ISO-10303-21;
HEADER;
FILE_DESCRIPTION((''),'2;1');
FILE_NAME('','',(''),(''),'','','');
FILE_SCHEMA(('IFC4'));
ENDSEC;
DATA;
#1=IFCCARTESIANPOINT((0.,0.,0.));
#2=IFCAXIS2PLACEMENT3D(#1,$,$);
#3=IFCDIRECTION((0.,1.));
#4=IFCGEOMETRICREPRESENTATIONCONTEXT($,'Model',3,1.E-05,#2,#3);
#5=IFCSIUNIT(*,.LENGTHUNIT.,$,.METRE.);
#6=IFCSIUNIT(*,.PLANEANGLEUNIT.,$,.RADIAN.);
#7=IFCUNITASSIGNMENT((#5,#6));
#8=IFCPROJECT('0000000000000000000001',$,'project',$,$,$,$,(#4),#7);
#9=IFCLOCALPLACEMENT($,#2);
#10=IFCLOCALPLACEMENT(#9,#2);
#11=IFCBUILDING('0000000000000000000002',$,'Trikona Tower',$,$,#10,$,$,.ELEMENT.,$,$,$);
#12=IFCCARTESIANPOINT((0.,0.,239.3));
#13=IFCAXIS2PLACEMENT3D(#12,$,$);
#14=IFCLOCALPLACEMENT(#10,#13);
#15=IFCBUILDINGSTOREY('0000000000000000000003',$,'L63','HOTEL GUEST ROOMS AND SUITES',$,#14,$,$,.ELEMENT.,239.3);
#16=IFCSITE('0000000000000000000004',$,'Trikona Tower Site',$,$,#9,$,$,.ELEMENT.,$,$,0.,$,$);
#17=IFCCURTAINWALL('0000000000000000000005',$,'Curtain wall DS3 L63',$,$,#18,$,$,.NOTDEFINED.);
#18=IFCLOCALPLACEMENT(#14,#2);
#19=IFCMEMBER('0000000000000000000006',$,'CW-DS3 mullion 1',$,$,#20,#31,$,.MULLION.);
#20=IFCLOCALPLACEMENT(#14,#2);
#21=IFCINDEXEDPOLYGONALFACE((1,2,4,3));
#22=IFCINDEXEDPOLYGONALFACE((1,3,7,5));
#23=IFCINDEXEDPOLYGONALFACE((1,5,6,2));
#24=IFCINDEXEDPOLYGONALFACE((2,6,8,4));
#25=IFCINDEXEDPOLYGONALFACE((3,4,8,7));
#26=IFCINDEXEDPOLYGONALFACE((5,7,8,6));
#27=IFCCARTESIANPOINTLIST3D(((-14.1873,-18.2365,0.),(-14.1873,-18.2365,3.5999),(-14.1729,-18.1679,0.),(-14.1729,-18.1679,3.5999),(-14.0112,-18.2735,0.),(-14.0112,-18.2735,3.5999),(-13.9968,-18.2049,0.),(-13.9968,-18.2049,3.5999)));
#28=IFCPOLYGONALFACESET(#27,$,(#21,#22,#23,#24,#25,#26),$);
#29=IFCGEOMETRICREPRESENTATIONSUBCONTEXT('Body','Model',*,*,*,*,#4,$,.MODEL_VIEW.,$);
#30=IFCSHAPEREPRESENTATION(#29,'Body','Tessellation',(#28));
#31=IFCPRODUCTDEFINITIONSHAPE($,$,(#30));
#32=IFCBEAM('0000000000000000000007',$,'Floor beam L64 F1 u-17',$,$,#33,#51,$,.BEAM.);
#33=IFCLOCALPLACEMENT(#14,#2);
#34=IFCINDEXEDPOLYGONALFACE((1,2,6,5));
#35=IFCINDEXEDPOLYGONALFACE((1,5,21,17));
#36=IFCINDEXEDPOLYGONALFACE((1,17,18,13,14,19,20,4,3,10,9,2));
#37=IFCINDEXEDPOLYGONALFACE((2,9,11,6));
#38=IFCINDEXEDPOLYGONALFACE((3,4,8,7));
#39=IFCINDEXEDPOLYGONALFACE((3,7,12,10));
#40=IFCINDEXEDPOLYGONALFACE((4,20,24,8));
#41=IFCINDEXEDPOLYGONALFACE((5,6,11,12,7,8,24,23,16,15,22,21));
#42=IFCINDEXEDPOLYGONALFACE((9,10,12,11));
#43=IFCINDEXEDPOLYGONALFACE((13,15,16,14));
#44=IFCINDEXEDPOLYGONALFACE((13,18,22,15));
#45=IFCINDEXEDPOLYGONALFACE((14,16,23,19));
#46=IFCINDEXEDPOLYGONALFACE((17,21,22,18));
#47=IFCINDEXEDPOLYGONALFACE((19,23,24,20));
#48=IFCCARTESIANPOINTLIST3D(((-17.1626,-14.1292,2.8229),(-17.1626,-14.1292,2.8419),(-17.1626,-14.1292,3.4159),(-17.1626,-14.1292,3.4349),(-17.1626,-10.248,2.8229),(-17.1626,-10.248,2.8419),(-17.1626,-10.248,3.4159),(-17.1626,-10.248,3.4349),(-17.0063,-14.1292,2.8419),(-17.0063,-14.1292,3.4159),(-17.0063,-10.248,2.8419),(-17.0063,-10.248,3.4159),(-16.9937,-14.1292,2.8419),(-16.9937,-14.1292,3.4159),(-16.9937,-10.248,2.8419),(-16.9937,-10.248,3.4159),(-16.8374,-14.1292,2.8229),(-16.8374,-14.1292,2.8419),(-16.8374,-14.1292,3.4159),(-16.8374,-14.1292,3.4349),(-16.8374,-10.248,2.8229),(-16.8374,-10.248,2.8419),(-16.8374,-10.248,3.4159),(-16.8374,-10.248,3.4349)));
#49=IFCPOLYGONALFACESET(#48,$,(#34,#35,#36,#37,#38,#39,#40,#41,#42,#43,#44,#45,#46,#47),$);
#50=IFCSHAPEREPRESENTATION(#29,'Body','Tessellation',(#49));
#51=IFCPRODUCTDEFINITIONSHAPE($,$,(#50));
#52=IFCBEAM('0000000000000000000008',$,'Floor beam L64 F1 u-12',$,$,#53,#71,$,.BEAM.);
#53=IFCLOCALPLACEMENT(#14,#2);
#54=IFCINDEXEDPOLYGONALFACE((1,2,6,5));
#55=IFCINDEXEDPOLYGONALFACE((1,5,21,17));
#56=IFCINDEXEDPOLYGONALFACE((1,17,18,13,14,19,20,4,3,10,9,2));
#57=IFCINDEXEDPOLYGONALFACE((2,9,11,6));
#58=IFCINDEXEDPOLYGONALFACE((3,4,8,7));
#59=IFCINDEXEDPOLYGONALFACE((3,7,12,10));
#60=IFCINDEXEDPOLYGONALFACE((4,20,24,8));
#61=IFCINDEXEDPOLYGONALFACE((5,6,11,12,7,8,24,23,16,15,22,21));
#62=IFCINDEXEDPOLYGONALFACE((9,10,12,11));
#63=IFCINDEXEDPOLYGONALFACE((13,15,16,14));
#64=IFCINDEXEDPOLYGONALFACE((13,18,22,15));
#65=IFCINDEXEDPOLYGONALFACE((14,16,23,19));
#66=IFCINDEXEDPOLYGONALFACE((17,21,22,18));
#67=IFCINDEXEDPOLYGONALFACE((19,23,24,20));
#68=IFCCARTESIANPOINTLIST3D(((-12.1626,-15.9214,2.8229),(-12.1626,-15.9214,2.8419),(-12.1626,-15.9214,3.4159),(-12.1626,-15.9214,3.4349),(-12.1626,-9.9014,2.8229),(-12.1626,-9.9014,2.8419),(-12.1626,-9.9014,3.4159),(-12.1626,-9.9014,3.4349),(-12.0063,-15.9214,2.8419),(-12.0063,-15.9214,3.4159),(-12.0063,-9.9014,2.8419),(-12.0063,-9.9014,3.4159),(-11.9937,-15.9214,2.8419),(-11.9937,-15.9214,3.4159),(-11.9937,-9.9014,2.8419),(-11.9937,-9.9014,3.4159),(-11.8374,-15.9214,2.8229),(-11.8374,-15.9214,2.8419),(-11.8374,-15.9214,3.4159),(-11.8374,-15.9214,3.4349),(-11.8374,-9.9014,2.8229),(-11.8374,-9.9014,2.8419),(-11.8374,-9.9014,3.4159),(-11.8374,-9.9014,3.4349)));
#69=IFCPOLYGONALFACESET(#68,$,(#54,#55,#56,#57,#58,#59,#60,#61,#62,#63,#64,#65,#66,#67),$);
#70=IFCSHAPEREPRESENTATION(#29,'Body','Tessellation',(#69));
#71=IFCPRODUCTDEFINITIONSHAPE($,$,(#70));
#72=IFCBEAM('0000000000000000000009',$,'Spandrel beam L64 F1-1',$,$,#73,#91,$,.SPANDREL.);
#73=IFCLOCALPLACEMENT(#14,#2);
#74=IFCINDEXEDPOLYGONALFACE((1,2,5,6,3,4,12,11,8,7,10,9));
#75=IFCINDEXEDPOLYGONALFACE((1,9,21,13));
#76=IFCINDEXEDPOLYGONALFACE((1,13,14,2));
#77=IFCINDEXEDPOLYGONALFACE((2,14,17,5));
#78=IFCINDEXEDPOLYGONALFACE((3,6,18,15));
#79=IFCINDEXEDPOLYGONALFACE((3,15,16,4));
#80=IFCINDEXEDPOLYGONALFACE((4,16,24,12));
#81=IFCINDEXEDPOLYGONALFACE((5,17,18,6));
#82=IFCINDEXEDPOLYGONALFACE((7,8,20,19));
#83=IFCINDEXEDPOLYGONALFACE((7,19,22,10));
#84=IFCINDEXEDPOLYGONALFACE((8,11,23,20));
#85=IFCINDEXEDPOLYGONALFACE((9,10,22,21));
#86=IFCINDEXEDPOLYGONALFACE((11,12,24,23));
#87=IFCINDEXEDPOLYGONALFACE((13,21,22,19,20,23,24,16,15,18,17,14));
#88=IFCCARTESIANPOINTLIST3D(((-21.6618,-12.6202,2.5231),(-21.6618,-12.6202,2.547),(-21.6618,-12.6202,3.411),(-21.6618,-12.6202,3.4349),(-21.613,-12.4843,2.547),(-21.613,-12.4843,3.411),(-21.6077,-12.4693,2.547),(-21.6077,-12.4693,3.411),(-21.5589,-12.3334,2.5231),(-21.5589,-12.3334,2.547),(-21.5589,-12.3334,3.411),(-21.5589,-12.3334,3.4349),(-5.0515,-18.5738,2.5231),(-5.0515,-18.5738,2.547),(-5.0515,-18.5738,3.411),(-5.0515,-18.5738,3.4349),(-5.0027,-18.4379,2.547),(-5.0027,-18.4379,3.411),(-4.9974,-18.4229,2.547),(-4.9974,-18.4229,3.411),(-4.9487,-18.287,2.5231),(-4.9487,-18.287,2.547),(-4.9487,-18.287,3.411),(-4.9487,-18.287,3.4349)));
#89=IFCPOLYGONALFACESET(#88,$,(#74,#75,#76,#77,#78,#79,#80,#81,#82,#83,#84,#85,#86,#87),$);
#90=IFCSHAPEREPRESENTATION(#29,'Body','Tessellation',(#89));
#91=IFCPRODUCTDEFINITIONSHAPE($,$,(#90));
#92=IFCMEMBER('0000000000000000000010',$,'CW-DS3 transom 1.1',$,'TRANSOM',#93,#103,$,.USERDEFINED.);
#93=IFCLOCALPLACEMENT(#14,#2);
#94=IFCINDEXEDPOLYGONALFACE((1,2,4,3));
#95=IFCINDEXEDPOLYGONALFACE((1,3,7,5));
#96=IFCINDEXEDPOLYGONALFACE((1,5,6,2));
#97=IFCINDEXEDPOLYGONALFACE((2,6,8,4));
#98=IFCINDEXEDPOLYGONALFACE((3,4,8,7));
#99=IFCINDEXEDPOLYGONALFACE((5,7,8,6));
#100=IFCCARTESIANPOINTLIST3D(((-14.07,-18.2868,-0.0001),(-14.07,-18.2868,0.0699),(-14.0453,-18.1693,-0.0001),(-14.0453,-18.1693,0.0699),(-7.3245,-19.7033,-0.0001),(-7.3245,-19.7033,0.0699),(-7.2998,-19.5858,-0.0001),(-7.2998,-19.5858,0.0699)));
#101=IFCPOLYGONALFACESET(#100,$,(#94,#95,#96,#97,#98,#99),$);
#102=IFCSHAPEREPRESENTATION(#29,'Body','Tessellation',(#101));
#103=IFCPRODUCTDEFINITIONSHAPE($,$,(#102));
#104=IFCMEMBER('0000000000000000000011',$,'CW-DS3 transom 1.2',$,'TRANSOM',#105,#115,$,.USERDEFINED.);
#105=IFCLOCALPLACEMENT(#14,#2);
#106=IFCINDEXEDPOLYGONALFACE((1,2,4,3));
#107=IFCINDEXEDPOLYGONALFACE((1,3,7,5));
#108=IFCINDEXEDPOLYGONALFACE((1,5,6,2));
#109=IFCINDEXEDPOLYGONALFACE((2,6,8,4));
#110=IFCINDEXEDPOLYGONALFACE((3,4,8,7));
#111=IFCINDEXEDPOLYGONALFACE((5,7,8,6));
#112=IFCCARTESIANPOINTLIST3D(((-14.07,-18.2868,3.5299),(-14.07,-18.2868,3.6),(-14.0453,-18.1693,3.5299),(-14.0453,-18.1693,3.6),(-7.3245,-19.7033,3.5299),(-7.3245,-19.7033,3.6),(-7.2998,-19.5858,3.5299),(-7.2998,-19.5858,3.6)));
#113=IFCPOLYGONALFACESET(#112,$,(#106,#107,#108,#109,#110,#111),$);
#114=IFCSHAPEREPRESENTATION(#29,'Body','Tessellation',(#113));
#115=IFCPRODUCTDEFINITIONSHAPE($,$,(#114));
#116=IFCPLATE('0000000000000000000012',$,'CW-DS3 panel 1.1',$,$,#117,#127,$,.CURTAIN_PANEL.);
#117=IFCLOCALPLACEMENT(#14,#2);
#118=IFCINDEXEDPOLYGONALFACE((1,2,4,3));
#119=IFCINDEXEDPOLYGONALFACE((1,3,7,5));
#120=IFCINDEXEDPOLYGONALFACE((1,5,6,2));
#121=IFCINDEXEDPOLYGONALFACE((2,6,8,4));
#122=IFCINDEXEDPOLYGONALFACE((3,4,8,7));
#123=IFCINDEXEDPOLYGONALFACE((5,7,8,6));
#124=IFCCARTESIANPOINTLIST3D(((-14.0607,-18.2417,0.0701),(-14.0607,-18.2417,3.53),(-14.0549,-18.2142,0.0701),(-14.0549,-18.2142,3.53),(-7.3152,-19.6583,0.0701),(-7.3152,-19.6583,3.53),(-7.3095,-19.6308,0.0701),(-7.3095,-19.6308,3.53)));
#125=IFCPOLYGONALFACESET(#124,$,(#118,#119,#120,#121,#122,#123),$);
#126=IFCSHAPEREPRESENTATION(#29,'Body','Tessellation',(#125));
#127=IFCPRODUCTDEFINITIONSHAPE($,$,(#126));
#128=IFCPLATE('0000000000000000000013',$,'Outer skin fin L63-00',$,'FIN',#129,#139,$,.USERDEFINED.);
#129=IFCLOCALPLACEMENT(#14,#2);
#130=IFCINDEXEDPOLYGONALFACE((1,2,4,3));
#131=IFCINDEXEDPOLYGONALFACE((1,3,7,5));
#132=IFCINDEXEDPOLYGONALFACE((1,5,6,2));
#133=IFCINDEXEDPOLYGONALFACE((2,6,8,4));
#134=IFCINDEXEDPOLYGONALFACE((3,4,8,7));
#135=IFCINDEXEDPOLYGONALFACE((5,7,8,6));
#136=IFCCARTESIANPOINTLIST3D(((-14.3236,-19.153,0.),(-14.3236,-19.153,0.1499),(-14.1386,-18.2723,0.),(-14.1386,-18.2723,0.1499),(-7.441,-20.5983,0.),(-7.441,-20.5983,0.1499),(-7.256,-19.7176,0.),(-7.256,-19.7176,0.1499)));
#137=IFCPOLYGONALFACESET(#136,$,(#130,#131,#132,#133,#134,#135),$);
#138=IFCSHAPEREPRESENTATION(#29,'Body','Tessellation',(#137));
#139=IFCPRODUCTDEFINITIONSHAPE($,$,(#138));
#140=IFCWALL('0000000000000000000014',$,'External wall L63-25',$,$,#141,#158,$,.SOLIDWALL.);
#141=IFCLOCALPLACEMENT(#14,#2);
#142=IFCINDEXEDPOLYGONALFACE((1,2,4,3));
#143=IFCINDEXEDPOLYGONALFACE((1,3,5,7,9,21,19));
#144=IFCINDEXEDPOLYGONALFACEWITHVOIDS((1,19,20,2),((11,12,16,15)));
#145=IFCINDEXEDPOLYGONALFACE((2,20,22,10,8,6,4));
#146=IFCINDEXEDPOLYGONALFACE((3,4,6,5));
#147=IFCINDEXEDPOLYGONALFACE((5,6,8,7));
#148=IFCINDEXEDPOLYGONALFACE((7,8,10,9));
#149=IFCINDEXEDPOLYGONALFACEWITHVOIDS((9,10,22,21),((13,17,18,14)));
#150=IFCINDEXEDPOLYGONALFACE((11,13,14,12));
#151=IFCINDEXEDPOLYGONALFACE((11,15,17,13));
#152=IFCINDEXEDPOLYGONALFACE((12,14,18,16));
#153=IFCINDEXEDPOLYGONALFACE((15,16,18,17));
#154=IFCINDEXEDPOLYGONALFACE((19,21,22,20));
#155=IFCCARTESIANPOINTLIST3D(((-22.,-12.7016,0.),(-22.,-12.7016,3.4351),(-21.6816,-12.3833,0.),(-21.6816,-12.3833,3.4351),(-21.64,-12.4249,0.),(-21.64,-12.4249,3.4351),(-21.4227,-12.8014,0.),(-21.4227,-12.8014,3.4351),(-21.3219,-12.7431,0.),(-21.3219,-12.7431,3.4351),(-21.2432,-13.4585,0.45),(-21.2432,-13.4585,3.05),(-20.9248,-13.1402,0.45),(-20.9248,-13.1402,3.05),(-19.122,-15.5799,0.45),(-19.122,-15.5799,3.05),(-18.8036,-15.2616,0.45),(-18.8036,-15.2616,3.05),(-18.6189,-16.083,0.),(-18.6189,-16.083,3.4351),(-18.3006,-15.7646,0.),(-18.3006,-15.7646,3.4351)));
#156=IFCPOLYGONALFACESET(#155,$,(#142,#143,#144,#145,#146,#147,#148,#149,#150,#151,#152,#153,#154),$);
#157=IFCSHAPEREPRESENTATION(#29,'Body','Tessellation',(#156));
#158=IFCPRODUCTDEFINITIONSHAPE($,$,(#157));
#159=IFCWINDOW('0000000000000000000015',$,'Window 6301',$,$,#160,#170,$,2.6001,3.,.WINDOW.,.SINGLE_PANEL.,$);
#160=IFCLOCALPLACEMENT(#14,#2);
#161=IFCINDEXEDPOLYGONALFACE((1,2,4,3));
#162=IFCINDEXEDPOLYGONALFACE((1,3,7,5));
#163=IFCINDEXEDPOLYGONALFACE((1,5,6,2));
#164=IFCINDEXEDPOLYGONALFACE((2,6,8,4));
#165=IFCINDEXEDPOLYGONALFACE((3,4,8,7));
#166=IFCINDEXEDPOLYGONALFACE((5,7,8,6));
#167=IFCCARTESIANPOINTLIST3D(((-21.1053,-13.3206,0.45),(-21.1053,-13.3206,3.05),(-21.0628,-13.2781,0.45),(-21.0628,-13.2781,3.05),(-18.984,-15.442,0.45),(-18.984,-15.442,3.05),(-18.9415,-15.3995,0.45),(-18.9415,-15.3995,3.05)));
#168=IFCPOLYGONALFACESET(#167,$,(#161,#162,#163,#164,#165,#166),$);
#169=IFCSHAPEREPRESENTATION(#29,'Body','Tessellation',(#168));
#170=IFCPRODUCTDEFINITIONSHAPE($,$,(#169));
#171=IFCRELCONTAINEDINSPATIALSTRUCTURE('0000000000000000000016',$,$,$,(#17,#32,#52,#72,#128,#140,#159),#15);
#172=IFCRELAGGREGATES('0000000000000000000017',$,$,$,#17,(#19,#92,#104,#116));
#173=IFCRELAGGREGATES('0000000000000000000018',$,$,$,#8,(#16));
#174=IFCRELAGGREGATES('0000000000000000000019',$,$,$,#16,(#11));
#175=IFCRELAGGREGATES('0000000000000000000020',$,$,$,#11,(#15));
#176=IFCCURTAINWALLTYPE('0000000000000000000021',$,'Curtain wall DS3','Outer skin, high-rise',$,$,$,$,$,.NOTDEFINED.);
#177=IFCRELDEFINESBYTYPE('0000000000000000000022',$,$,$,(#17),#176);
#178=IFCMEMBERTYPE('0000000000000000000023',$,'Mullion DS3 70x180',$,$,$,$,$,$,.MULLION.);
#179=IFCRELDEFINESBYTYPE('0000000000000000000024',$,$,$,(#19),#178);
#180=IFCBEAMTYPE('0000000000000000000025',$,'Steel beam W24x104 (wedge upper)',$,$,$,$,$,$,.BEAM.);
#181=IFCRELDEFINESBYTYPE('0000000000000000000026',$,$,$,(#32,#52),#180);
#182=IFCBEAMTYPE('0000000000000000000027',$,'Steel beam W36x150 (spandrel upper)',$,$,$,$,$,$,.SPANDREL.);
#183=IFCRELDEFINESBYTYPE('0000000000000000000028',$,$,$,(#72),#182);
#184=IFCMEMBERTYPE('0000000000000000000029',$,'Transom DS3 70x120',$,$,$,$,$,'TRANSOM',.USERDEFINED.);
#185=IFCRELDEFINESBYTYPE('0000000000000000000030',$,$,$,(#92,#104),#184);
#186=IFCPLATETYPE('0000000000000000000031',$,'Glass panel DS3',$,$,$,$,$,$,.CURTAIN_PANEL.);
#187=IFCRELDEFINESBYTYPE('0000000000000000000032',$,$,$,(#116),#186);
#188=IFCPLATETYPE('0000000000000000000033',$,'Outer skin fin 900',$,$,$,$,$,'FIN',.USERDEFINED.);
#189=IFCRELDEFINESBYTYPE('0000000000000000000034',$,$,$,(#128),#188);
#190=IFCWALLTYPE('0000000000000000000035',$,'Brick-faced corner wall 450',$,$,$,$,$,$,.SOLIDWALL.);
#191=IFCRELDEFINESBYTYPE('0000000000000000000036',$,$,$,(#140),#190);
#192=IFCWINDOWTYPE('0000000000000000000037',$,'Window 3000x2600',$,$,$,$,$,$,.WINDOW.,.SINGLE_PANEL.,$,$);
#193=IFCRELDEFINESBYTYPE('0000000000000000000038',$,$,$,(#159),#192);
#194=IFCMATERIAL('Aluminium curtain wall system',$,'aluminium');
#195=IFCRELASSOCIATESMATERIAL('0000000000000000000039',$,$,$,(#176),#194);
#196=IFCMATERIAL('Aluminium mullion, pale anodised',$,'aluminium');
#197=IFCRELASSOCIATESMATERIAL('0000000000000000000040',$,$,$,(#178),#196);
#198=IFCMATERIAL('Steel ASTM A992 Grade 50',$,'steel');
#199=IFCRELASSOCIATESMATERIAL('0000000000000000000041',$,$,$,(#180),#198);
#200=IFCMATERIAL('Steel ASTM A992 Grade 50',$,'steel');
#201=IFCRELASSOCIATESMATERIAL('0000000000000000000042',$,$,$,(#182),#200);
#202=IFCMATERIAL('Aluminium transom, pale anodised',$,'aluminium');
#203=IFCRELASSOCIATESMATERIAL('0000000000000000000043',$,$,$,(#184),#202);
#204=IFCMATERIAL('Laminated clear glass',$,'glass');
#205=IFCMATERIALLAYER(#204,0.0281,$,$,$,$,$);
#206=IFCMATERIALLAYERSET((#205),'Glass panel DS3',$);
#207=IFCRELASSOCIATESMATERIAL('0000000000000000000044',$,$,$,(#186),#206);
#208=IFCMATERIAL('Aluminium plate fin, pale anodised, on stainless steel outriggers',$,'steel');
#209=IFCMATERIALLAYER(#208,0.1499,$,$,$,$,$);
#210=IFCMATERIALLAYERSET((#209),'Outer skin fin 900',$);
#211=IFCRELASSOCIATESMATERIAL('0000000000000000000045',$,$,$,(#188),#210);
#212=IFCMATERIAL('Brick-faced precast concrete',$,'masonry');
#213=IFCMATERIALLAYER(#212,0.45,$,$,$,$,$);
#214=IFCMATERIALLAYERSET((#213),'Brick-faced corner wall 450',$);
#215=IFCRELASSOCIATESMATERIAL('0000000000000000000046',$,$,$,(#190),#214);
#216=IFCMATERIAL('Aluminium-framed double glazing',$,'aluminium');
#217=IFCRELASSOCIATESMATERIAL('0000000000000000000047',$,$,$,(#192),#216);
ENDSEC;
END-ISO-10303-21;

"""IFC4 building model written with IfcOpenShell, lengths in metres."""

from ifc_helpers import new_model, si_unit, direction, frame, frame_2d, origin, origin_2d, place, context, subcontext, project, spatial, polyline, rectangle, i_section, outline, extrude, material, layer, layer_set, material_profile, profile_set, type_object, element, fill, aggregate, save


model = new_model("IFC4")

# Units and contexts
model_context = context("Model", 3, precision=1e-05, world=origin(), true_north=direction((0.0, 1.0)))
body_context = subcontext(model_context, "Body", "Model", "MODEL_VIEW")
ifc_project = project(units=[si_unit("LENGTHUNIT", "METRE"), si_unit("PLANEANGLEUNIT", "RADIAN")], contexts=[model_context])

# Site, building, storey
site_placement = place(None, origin())
site = spatial("IfcSite", under=ifc_project, at=site_placement, Name="Trikona Tower Site", CompositionType="ELEMENT", RefElevation=0.0)
building_placement = place(site_placement, origin())
building = spatial("IfcBuilding", under=site, at=building_placement, Name="Trikona Tower", CompositionType="ELEMENT")
storey_placement = place(building_placement, frame((0.0, 0.0, 239.3)))
storey = spatial("IfcBuildingStorey", under=building, at=storey_placement, Name="L63", Description="HOTEL GUEST ROOMS AND SUITES", CompositionType="ELEMENT", Elevation=239.3)

# Curtain wall, member
ifc_material_1 = material(Name="Aluminium curtain wall system", Category="aluminium")
curtain_wall_type = type_object("IfcCurtainWallType", Name="Curtain wall DS3", Description="Outer skin, high-rise", PredefinedType="NOTDEFINED", material=ifc_material_1)
curtain_wall_placement = place(storey_placement, origin())
curtain_wall = element("IfcCurtainWall", 1, at=curtain_wall_placement, inside=storey, type_object=curtain_wall_type, Name="Curtain wall DS3 L63", PredefinedType="NOTDEFINED")
ifc_material_2 = material(Name="Aluminium mullion, pale anodised", Category="aluminium")
ifc_material_profile_1 = material_profile(ifc_material_2, rectangle(XDim=0.0701, YDim=0.1799, at=origin_2d()), Name="MUL-DS3")
ifc_profile_set_1 = profile_set([ifc_material_profile_1], Name="Aluminium mullion, pale anodised")
member_type_1 = type_object("IfcMemberType", Name="Mullion DS3 70x180", PredefinedType="MULLION", material=ifc_profile_set_1)
member_1_placement = place(storey_placement, frame((-14.092, -18.2207, 0.0), z_axis=(0.0, 0.0, 1.0), x_axis=(0.205527, 0.978651, 0.0)))
member_1 = element("IfcMember", 2, at=member_1_placement, type_object=member_type_1, Name="CW-DS3 mullion 1", PredefinedType="MULLION", context=body_context, shape_type="SweptSolid", body=[
    extrude(rectangle(XDim=0.0701, YDim=0.1799, at=origin_2d()), origin(), (0.0, 0.0, 1.0), 3.5999),
])

# Beams
ifc_material_3 = material(Name="Steel ASTM A992 Grade 50", Category="steel")
ifc_material_profile_2 = material_profile(ifc_material_3, i_section(OverallWidth=0.3252, OverallDepth=0.6121, WebThickness=0.0127, FlangeThickness=0.019, at=origin_2d()), Name="W24X104")
ifc_profile_set_2 = profile_set([ifc_material_profile_2], Name="Steel ASTM A992 Grade 50")
beam_type_1 = type_object("IfcBeamType", Name="Steel beam W24x104 (wedge upper)", PredefinedType="BEAM", material=ifc_profile_set_2)
beam_1_placement = place(storey_placement, frame((-17.0, -10.248, 3.1289), z_axis=(0.0, -1.0, 0.0), x_axis=(1.0, 0.0, 0.0)))
element("IfcBeam", 3, at=beam_1_placement, inside=storey, type_object=beam_type_1, Name="Floor beam L64 F1 u-17", PredefinedType="BEAM", context=body_context, shape_type="SweptSolid", body=[
    extrude(i_section(OverallWidth=0.3252, OverallDepth=0.6121, WebThickness=0.0127, FlangeThickness=0.019, at=origin_2d()), origin(), (0.0, 0.0, 1.0), 3.8811),
])
beam_2_placement = place(storey_placement, frame((-12.0, -9.9014, 3.1289), z_axis=(0.0, -1.0, 0.0), x_axis=(1.0, 0.0, 0.0)))
element("IfcBeam", 4, at=beam_2_placement, inside=storey, type_object=beam_type_1, Name="Floor beam L64 F1 u-12", PredefinedType="BEAM", context=body_context, shape_type="SweptSolid", body=[
    extrude(i_section(OverallWidth=0.3252, OverallDepth=0.6121, WebThickness=0.0127, FlangeThickness=0.019, at=origin_2d()), origin(), (0.0, 0.0, 1.0), 6.02),
])
ifc_material_4 = material(Name="Steel ASTM A992 Grade 50", Category="steel")
ifc_material_profile_3 = material_profile(ifc_material_4, i_section(OverallWidth=0.3047, OverallDepth=0.9119, WebThickness=0.0159, FlangeThickness=0.0239, at=origin_2d()), Name="W36X150")
ifc_profile_set_3 = profile_set([ifc_material_profile_3], Name="Steel ASTM A992 Grade 50")
beam_type_2 = type_object("IfcBeamType", Name="Steel beam W36x150 (spandrel upper)", PredefinedType="SPANDREL", material=ifc_profile_set_3)
beam_3_placement = place(storey_placement, frame((-21.6104, -12.4768, 2.979), z_axis=(0.941358, -0.337409, 0.0), x_axis=(0.337409, 0.941358, 0.0)))
element("IfcBeam", 5, at=beam_3_placement, inside=storey, type_object=beam_type_2, Name="Spandrel beam L64 F1-1", PredefinedType="SPANDREL", context=body_context, shape_type="SweptSolid", body=[
    extrude(i_section(OverallWidth=0.3047, OverallDepth=0.9119, WebThickness=0.0159, FlangeThickness=0.0239, at=origin_2d()), origin(), (0.0, 0.0, 1.0), 17.645),
])

# Members
ifc_material_5 = material(Name="Aluminium transom, pale anodised", Category="aluminium")
ifc_material_profile_4 = material_profile(ifc_material_5, rectangle(XDim=0.1201, YDim=0.0701, at=origin_2d()), Name="TRN-DS3")
ifc_profile_set_4 = profile_set([ifc_material_profile_4], Name="Aluminium transom, pale anodised")
member_type_2 = type_object("IfcMemberType", Name="Transom DS3 70x120", ElementType="TRANSOM", PredefinedType="USERDEFINED", material=ifc_profile_set_4)
member_2_placement = place(storey_placement, frame((-14.0576, -18.228, 0.0349), z_axis=(0.978654, -0.205514, 0.0), x_axis=(0.205514, 0.978654, 0.0)))
member_2 = element("IfcMember", 6, at=member_2_placement, type_object=member_type_2, Name="CW-DS3 transom 1.1", ObjectType="TRANSOM", PredefinedType="USERDEFINED", context=body_context, shape_type="SweptSolid", body=[
    extrude(rectangle(XDim=0.1201, YDim=0.0701, at=origin_2d()), origin(), (0.0, 0.0, 1.0), 6.8926),
])
member_3_placement = place(storey_placement, frame((-14.0576, -18.228, 3.5649), z_axis=(0.978654, -0.205514, 0.0), x_axis=(0.205514, 0.978654, 0.0)))
member_3 = element("IfcMember", 7, at=member_3_placement, type_object=member_type_2, Name="CW-DS3 transom 1.2", ObjectType="TRANSOM", PredefinedType="USERDEFINED", context=body_context, shape_type="SweptSolid", body=[
    extrude(rectangle(XDim=0.1201, YDim=0.0701, at=origin_2d()), origin(), (0.0, 0.0, 1.0), 6.8926),
])

# Plates
ifc_material_6 = material(Name="Laminated clear glass", Category="glass")
ifc_layer_1 = layer(ifc_material_6, 0.0281)
ifc_layer_set_1 = layer_set([ifc_layer_1], Name="Glass panel DS3")
plate_type_1 = type_object("IfcPlateType", Name="Glass panel DS3", PredefinedType="CURTAIN_PANEL", material=ifc_layer_set_1)
plate_1_placement = place(storey_placement, frame((-10.6851, -18.9363, 0.0701), z_axis=(0.0, 0.0, 1.0), x_axis=(0.978651, -0.205527, 0.0)))
plate_1 = element("IfcPlate", 8, at=plate_1_placement, type_object=plate_type_1, Name="CW-DS3 panel 1.1", PredefinedType="CURTAIN_PANEL", context=body_context, shape_type="SweptSolid", body=[
    extrude(rectangle(XDim=6.8926, YDim=0.0281, at=origin_2d()), origin(), (0.0, 0.0, 1.0), 3.46),
])
aggregate(curtain_wall, [member_1, member_2, member_3, plate_1])
ifc_material_7 = material(Name="Aluminium plate fin, pale anodised, on stainless steel outriggers", Category="steel")
ifc_layer_2 = layer(ifc_material_7, 0.1499)
ifc_layer_set_2 = layer_set([ifc_layer_2], Name="Outer skin fin 900")
plate_type_2 = type_object("IfcPlateType", Name="Outer skin fin 900", ElementType="FIN", PredefinedType="USERDEFINED", material=ifc_layer_set_2)
plate_2_placement = place(storey_placement, frame((-10.7898, -19.4353, 0.0), z_axis=(0.0, 0.0, 1.0), x_axis=(0.978653, -0.205518, 0.0)))
element("IfcPlate", 9, at=plate_2_placement, inside=storey, type_object=plate_type_2, Name="Outer skin fin L63-00", ObjectType="FIN", PredefinedType="USERDEFINED", context=body_context, shape_type="SweptSolid", body=[
    extrude(rectangle(XDim=7.0327, YDim=0.8999, at=origin_2d()), origin(), (0.0, 0.0, 1.0), 0.1499),
])

# Wall, opening, window
ifc_material_8 = material(Name="Brick-faced precast concrete", Category="masonry")
ifc_layer_3 = layer(ifc_material_8, 0.45)
ifc_layer_set_3 = layer_set([ifc_layer_3], Name="Brick-faced corner wall 450")
wall_type_1 = type_object("IfcWallType", Name="Brick-faced corner wall 450", PredefinedType="SOLIDWALL", material=ifc_layer_set_3)
wall_1_placement = place(storey_placement, frame((-21.8408, -12.5425, 0.0), z_axis=(0.0, 0.0, 1.0), x_axis=(0.707081, -0.707132, 0.0)))
wall_1 = element("IfcWall", 10, at=wall_1_placement, inside=storey, type_object=wall_type_1, Name="External wall L63-25", PredefinedType="SOLIDWALL", context=body_context, shape_type="SweptSolid", body=[
    extrude(outline(polyline([(4.7817, 0.2251), (0.5088, 0.2251), (0.4788, 0.1125), (0.0588, 0.2251), (0.0, 0.2251), (0.0, -0.2251), (4.7817, -0.2251), (4.7817, 0.2251)])), origin(), (0.0, 0.0, 1.0), 3.4351),
])
opening_1_placement = place(wall_1_placement, frame((1.0703, 0.0, 0.45)))
opening_1 = element("IfcOpeningElement", 11, at=opening_1_placement, cuts=wall_1, PredefinedType="OPENING", context=body_context, shape_type="SweptSolid", body=[
    extrude(rectangle(XDim=3.0, YDim=2.6001, at=frame_2d((1.5, 1.3))), frame((0.0, 0.2349, 0.0), z_axis=(0.0, -1.0, 0.0), x_axis=(1.0, 0.0, 0.0)), (0.0, 0.0, 1.0), 0.47),
])
ifc_material_9 = material(Name="Aluminium-framed double glazing", Category="aluminium")
window_type_1 = type_object("IfcWindowType", Name="Window 3000x2600", PartitioningType="SINGLE_PANEL", PredefinedType="WINDOW", material=ifc_material_9)
window_1_placement = place(opening_1_placement, origin())
window_1 = element("IfcWindow", 12, at=window_1_placement, inside=storey, type_object=window_type_1, Name="Window 6301", OverallHeight=2.6001, OverallWidth=3.0, PartitioningType="SINGLE_PANEL", PredefinedType="WINDOW", context=body_context, shape_type="SweptSolid", body=[
    extrude(rectangle(XDim=3.0, YDim=2.6001, at=frame_2d((1.5, 1.3))), frame((0.0, 0.03, 0.0), z_axis=(0.0, -1.0, 0.0), x_axis=(1.0, 0.0, 0.0)), (0.0, 0.0, 1.0), 0.0601),
])
fill(opening_1, window_1)

save(model, "model.ifc")
